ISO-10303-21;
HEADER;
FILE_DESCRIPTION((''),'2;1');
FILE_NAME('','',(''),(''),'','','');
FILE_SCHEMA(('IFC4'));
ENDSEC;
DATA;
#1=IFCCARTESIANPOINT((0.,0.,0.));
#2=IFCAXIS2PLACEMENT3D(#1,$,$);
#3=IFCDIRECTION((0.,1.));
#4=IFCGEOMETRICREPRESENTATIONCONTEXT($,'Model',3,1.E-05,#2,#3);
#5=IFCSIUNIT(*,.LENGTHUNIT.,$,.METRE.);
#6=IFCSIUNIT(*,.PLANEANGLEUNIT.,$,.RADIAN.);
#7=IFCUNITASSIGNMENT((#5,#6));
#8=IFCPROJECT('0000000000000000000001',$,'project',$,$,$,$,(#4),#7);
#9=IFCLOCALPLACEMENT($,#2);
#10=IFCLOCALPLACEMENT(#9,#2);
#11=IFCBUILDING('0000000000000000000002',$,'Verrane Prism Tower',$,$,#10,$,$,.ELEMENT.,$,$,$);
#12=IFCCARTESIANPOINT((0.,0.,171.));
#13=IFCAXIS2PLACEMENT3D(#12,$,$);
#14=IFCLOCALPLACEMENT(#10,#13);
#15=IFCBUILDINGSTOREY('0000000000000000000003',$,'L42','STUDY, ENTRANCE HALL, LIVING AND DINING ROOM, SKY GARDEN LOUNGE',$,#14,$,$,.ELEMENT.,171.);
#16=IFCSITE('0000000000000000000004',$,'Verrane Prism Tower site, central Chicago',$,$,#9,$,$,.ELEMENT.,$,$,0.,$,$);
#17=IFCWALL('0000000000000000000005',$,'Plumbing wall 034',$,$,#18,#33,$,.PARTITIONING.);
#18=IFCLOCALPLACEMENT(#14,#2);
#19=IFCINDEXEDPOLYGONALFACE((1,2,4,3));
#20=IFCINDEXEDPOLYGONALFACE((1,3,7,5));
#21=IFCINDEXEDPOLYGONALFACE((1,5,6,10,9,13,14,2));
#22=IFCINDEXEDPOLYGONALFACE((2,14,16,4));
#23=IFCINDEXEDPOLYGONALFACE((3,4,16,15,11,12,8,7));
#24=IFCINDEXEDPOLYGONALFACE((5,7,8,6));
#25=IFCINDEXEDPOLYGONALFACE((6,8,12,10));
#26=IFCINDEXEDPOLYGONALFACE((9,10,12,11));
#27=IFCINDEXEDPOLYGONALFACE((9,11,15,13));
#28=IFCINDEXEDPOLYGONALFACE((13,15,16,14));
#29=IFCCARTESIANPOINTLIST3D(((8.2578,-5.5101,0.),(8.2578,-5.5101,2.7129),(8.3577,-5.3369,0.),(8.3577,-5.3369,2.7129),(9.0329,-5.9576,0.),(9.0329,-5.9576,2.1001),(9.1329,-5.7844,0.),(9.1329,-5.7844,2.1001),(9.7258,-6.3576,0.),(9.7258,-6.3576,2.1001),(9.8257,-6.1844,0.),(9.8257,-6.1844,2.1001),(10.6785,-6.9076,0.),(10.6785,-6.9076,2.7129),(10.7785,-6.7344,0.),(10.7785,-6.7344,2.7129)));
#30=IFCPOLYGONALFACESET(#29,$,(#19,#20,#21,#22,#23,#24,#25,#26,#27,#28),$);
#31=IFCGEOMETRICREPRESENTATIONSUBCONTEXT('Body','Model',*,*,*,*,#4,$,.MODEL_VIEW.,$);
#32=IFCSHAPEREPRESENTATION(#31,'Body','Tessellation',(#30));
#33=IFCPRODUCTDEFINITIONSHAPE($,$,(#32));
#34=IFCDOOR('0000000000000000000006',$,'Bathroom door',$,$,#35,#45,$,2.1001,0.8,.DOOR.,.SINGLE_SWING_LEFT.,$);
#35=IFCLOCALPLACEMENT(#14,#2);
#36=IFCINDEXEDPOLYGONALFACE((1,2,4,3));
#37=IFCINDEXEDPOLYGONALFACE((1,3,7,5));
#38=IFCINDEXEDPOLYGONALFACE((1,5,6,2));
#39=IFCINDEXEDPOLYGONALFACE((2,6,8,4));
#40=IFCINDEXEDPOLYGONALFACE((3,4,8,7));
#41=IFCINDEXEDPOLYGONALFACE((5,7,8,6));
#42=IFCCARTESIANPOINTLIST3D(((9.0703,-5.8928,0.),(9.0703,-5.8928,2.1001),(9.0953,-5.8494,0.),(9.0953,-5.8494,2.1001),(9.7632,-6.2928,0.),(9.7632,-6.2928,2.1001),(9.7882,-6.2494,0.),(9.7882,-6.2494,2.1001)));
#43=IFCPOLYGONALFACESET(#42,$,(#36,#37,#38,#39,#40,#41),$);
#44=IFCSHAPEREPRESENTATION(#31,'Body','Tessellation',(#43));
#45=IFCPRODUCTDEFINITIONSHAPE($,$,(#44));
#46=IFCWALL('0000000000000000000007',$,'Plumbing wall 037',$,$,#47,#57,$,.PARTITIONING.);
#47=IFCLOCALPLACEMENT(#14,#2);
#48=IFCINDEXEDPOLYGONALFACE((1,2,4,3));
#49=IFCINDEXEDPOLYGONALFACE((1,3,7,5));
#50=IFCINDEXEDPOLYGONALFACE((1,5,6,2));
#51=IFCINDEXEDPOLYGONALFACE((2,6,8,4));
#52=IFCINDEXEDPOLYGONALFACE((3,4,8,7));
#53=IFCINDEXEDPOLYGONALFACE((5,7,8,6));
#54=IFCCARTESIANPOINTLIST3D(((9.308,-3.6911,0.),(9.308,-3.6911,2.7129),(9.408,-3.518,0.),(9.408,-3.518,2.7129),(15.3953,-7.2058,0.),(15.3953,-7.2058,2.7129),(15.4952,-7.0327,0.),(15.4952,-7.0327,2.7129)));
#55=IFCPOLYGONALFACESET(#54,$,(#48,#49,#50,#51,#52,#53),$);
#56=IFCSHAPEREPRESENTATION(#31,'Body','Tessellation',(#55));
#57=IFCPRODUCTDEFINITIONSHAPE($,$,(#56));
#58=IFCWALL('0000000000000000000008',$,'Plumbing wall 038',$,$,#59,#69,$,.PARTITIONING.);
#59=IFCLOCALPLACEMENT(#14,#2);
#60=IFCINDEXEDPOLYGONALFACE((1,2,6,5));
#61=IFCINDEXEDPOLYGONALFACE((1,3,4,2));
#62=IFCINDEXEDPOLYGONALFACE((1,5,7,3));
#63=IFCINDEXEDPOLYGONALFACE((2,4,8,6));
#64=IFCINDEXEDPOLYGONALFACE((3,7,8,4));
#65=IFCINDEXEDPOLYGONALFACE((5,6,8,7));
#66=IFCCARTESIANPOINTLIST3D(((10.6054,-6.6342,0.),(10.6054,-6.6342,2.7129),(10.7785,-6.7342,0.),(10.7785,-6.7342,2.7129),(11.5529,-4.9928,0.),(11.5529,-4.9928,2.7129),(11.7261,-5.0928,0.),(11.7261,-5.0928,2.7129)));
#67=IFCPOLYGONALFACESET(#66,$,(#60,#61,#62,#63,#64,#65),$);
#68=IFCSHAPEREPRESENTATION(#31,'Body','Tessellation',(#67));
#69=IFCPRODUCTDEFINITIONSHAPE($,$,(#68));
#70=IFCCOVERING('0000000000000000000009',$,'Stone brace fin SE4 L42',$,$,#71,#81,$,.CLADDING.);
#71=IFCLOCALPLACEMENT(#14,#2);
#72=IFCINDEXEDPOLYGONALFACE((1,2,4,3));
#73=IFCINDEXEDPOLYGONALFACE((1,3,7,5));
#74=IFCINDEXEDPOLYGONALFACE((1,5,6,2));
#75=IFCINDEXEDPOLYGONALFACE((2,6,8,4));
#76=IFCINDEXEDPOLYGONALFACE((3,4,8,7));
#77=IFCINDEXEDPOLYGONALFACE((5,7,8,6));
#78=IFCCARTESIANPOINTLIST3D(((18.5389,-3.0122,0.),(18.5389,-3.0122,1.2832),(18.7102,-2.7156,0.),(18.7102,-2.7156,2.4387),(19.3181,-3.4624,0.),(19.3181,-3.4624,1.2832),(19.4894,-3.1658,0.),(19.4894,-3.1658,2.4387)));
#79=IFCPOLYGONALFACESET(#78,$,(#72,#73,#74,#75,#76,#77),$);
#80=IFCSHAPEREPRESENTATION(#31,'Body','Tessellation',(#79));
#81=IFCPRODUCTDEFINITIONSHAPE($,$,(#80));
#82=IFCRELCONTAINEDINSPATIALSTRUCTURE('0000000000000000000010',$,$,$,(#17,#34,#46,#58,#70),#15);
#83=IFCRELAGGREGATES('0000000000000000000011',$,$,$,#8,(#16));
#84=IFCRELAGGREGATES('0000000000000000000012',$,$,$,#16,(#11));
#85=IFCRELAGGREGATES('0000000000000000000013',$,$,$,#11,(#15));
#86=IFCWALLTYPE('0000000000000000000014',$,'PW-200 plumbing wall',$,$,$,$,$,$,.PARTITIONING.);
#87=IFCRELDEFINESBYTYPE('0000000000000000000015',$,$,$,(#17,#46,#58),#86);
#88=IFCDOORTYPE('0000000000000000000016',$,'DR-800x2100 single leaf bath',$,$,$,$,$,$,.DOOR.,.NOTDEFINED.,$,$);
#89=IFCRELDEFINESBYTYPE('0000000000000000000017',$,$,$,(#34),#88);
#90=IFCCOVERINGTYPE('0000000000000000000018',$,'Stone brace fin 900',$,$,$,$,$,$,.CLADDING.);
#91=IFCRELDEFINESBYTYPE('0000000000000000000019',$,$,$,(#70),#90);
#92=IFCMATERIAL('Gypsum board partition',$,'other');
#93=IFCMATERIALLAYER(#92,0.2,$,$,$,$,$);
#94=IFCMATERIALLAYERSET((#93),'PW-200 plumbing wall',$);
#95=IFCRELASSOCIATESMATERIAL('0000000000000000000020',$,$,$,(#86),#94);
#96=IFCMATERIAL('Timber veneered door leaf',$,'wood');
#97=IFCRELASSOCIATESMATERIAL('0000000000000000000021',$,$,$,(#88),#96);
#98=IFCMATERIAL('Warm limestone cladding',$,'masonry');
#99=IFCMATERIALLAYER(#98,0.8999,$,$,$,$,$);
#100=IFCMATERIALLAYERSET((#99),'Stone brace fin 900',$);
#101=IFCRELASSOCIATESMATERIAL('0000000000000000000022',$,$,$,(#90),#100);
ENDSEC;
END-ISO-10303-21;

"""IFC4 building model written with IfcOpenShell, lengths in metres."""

from ifc_helpers import new_model, si_unit, direction, frame, frame_2d, origin, place, context, subcontext, project, spatial, polyline, rectangle, outline, extrude, material, layer, layer_set, type_object, element, fill, save


model = new_model("IFC4")

# Units and contexts
model_context = context("Model", 3, precision=1e-05, world=origin(), true_north=direction((0.0, 1.0)))
body_context = subcontext(model_context, "Body", "Model", "MODEL_VIEW")
ifc_project = project(units=[si_unit("LENGTHUNIT", "METRE"), si_unit("PLANEANGLEUNIT", "RADIAN")], contexts=[model_context])

# Site, building, storey
site_placement = place(None, origin())
site = spatial("IfcSite", under=ifc_project, at=site_placement, Name="Verrane Prism Tower site, central Chicago", CompositionType="ELEMENT", RefElevation=0.0)
building_placement = place(site_placement, origin())
building = spatial("IfcBuilding", under=site, at=building_placement, Name="Verrane Prism Tower", CompositionType="ELEMENT")
storey_placement = place(building_placement, frame((0.0, 0.0, 171.0)))
storey = spatial("IfcBuildingStorey", under=building, at=storey_placement, Name="L42", Description="STUDY, ENTRANCE HALL, LIVING AND DINING ROOM, SKY GARDEN LOUNGE", CompositionType="ELEMENT", Elevation=171.0)

# Wall, opening, door
ifc_material_1 = material(Name="Gypsum board partition", Category="other")
ifc_layer_1 = layer(ifc_material_1, 0.2)
ifc_layer_set_1 = layer_set([ifc_layer_1], Name="PW-200 plumbing wall")
wall_type_1 = type_object("IfcWallType", Name="PW-200 plumbing wall", PredefinedType="PARTITIONING", material=ifc_layer_set_1)
wall_1_placement = place(storey_placement, frame((8.3079, -5.4236, 0.0), z_axis=(0.0, 0.0, 1.0), x_axis=(0.866042, -0.499972, 0.0)))
wall_1 = element("IfcWall", 1, at=wall_1_placement, inside=storey, type_object=wall_type_1, Name="Plumbing wall 034", PredefinedType="PARTITIONING", context=body_context, shape_type="SweptSolid", body=[
    extrude(rectangle(XDim=2.7952, YDim=0.2, at=frame_2d((1.3975, 0.0))), origin(), (0.0, 0.0, 1.0), 2.7129),
])
opening_placement = place(wall_1_placement, frame((0.895, 0.0, 0.0)))
opening = element("IfcOpeningElement", 2, at=opening_placement, cuts=wall_1, PredefinedType="OPENING", context=body_context, shape_type="SweptSolid", body=[
    extrude(rectangle(XDim=0.8, YDim=2.1001, at=frame_2d((0.3999, 1.05))), frame((0.0, 0.1099, 0.0), z_axis=(0.0, -1.0, 0.0), x_axis=(1.0, 0.0, 0.0)), (0.0, 0.0, 1.0), 0.22),
])
ifc_material_2 = material(Name="Timber veneered door leaf", Category="wood")
door_type = type_object("IfcDoorType", Name="DR-800x2100 single leaf bath", OperationType="NOTDEFINED", PredefinedType="DOOR", material=ifc_material_2)
door_placement = place(opening_placement, origin())
door = element("IfcDoor", 3, at=door_placement, inside=storey, type_object=door_type, Name="Bathroom door", OperationType="SINGLE_SWING_LEFT", OverallHeight=2.1001, OverallWidth=0.8, PredefinedType="DOOR", context=body_context, shape_type="SweptSolid", body=[
    extrude(rectangle(XDim=0.8, YDim=2.1001, at=frame_2d((0.3999, 1.05))), frame((0.0, 0.0249, 0.0), z_axis=(0.0, -1.0, 0.0), x_axis=(1.0, 0.0, 0.0)), (0.0, 0.0, 1.0), 0.05),
])
fill(opening, door)

# Walls
wall_2_placement = place(storey_placement, frame((9.3579, -3.6045, 0.0), z_axis=(0.0, 0.0, 1.0), x_axis=(0.866011, -0.500024, 0.0)))
element("IfcWall", 4, at=wall_2_placement, inside=storey, type_object=wall_type_1, Name="Plumbing wall 037", PredefinedType="PARTITIONING", context=body_context, shape_type="SweptSolid", body=[
    extrude(rectangle(XDim=7.0291, YDim=0.2, at=frame_2d((3.5146, 0.0))), origin(), (0.0, 0.0, 1.0), 2.7129),
])
wall_3_placement = place(storey_placement, frame((10.6919, -6.6843, 0.0), z_axis=(0.0, 0.0, 1.0), x_axis=(0.499949, 0.866055, 0.0)))
element("IfcWall", 5, at=wall_3_placement, inside=storey, type_object=wall_type_1, Name="Plumbing wall 038", PredefinedType="PARTITIONING", context=body_context, shape_type="SweptSolid", body=[
    extrude(rectangle(XDim=1.8953, YDim=0.2, at=frame_2d((0.9478, 0.0))), origin(), (0.0, 0.0, 1.0), 2.7129),
])

# Covering
ifc_material_3 = material(Name="Warm limestone cladding", Category="masonry")
ifc_layer_2 = layer(ifc_material_3, 0.8999)
ifc_layer_set_2 = layer_set([ifc_layer_2], Name="Stone brace fin 900")
covering_type = type_object("IfcCoveringType", Name="Stone brace fin 900", PredefinedType="CLADDING", material=ifc_layer_set_2)
covering_placement = place(storey_placement, frame((18.9285, -3.2373, 0.0), z_axis=(0.0, 0.0, 1.0), x_axis=(0.500278, 0.865865, 0.0)))
element("IfcCovering", 6, at=covering_placement, inside=storey, type_object=covering_type, Name="Stone brace fin SE4 L42", PredefinedType="CLADDING", context=body_context, shape_type="SweptSolid", body=[
    extrude(outline(polyline([(0.0, 0.0), (0.3425, 0.0), (0.3425, 2.4387), (0.0, 1.2832), (0.0, 0.0)])), frame((0.0, 0.45, 0.0), z_axis=(0.0, -1.0, 0.0), x_axis=(1.0, 0.0, 0.0)), (0.0, 0.0, 1.0), 0.8999),
])

save(model, "model.ifc")
